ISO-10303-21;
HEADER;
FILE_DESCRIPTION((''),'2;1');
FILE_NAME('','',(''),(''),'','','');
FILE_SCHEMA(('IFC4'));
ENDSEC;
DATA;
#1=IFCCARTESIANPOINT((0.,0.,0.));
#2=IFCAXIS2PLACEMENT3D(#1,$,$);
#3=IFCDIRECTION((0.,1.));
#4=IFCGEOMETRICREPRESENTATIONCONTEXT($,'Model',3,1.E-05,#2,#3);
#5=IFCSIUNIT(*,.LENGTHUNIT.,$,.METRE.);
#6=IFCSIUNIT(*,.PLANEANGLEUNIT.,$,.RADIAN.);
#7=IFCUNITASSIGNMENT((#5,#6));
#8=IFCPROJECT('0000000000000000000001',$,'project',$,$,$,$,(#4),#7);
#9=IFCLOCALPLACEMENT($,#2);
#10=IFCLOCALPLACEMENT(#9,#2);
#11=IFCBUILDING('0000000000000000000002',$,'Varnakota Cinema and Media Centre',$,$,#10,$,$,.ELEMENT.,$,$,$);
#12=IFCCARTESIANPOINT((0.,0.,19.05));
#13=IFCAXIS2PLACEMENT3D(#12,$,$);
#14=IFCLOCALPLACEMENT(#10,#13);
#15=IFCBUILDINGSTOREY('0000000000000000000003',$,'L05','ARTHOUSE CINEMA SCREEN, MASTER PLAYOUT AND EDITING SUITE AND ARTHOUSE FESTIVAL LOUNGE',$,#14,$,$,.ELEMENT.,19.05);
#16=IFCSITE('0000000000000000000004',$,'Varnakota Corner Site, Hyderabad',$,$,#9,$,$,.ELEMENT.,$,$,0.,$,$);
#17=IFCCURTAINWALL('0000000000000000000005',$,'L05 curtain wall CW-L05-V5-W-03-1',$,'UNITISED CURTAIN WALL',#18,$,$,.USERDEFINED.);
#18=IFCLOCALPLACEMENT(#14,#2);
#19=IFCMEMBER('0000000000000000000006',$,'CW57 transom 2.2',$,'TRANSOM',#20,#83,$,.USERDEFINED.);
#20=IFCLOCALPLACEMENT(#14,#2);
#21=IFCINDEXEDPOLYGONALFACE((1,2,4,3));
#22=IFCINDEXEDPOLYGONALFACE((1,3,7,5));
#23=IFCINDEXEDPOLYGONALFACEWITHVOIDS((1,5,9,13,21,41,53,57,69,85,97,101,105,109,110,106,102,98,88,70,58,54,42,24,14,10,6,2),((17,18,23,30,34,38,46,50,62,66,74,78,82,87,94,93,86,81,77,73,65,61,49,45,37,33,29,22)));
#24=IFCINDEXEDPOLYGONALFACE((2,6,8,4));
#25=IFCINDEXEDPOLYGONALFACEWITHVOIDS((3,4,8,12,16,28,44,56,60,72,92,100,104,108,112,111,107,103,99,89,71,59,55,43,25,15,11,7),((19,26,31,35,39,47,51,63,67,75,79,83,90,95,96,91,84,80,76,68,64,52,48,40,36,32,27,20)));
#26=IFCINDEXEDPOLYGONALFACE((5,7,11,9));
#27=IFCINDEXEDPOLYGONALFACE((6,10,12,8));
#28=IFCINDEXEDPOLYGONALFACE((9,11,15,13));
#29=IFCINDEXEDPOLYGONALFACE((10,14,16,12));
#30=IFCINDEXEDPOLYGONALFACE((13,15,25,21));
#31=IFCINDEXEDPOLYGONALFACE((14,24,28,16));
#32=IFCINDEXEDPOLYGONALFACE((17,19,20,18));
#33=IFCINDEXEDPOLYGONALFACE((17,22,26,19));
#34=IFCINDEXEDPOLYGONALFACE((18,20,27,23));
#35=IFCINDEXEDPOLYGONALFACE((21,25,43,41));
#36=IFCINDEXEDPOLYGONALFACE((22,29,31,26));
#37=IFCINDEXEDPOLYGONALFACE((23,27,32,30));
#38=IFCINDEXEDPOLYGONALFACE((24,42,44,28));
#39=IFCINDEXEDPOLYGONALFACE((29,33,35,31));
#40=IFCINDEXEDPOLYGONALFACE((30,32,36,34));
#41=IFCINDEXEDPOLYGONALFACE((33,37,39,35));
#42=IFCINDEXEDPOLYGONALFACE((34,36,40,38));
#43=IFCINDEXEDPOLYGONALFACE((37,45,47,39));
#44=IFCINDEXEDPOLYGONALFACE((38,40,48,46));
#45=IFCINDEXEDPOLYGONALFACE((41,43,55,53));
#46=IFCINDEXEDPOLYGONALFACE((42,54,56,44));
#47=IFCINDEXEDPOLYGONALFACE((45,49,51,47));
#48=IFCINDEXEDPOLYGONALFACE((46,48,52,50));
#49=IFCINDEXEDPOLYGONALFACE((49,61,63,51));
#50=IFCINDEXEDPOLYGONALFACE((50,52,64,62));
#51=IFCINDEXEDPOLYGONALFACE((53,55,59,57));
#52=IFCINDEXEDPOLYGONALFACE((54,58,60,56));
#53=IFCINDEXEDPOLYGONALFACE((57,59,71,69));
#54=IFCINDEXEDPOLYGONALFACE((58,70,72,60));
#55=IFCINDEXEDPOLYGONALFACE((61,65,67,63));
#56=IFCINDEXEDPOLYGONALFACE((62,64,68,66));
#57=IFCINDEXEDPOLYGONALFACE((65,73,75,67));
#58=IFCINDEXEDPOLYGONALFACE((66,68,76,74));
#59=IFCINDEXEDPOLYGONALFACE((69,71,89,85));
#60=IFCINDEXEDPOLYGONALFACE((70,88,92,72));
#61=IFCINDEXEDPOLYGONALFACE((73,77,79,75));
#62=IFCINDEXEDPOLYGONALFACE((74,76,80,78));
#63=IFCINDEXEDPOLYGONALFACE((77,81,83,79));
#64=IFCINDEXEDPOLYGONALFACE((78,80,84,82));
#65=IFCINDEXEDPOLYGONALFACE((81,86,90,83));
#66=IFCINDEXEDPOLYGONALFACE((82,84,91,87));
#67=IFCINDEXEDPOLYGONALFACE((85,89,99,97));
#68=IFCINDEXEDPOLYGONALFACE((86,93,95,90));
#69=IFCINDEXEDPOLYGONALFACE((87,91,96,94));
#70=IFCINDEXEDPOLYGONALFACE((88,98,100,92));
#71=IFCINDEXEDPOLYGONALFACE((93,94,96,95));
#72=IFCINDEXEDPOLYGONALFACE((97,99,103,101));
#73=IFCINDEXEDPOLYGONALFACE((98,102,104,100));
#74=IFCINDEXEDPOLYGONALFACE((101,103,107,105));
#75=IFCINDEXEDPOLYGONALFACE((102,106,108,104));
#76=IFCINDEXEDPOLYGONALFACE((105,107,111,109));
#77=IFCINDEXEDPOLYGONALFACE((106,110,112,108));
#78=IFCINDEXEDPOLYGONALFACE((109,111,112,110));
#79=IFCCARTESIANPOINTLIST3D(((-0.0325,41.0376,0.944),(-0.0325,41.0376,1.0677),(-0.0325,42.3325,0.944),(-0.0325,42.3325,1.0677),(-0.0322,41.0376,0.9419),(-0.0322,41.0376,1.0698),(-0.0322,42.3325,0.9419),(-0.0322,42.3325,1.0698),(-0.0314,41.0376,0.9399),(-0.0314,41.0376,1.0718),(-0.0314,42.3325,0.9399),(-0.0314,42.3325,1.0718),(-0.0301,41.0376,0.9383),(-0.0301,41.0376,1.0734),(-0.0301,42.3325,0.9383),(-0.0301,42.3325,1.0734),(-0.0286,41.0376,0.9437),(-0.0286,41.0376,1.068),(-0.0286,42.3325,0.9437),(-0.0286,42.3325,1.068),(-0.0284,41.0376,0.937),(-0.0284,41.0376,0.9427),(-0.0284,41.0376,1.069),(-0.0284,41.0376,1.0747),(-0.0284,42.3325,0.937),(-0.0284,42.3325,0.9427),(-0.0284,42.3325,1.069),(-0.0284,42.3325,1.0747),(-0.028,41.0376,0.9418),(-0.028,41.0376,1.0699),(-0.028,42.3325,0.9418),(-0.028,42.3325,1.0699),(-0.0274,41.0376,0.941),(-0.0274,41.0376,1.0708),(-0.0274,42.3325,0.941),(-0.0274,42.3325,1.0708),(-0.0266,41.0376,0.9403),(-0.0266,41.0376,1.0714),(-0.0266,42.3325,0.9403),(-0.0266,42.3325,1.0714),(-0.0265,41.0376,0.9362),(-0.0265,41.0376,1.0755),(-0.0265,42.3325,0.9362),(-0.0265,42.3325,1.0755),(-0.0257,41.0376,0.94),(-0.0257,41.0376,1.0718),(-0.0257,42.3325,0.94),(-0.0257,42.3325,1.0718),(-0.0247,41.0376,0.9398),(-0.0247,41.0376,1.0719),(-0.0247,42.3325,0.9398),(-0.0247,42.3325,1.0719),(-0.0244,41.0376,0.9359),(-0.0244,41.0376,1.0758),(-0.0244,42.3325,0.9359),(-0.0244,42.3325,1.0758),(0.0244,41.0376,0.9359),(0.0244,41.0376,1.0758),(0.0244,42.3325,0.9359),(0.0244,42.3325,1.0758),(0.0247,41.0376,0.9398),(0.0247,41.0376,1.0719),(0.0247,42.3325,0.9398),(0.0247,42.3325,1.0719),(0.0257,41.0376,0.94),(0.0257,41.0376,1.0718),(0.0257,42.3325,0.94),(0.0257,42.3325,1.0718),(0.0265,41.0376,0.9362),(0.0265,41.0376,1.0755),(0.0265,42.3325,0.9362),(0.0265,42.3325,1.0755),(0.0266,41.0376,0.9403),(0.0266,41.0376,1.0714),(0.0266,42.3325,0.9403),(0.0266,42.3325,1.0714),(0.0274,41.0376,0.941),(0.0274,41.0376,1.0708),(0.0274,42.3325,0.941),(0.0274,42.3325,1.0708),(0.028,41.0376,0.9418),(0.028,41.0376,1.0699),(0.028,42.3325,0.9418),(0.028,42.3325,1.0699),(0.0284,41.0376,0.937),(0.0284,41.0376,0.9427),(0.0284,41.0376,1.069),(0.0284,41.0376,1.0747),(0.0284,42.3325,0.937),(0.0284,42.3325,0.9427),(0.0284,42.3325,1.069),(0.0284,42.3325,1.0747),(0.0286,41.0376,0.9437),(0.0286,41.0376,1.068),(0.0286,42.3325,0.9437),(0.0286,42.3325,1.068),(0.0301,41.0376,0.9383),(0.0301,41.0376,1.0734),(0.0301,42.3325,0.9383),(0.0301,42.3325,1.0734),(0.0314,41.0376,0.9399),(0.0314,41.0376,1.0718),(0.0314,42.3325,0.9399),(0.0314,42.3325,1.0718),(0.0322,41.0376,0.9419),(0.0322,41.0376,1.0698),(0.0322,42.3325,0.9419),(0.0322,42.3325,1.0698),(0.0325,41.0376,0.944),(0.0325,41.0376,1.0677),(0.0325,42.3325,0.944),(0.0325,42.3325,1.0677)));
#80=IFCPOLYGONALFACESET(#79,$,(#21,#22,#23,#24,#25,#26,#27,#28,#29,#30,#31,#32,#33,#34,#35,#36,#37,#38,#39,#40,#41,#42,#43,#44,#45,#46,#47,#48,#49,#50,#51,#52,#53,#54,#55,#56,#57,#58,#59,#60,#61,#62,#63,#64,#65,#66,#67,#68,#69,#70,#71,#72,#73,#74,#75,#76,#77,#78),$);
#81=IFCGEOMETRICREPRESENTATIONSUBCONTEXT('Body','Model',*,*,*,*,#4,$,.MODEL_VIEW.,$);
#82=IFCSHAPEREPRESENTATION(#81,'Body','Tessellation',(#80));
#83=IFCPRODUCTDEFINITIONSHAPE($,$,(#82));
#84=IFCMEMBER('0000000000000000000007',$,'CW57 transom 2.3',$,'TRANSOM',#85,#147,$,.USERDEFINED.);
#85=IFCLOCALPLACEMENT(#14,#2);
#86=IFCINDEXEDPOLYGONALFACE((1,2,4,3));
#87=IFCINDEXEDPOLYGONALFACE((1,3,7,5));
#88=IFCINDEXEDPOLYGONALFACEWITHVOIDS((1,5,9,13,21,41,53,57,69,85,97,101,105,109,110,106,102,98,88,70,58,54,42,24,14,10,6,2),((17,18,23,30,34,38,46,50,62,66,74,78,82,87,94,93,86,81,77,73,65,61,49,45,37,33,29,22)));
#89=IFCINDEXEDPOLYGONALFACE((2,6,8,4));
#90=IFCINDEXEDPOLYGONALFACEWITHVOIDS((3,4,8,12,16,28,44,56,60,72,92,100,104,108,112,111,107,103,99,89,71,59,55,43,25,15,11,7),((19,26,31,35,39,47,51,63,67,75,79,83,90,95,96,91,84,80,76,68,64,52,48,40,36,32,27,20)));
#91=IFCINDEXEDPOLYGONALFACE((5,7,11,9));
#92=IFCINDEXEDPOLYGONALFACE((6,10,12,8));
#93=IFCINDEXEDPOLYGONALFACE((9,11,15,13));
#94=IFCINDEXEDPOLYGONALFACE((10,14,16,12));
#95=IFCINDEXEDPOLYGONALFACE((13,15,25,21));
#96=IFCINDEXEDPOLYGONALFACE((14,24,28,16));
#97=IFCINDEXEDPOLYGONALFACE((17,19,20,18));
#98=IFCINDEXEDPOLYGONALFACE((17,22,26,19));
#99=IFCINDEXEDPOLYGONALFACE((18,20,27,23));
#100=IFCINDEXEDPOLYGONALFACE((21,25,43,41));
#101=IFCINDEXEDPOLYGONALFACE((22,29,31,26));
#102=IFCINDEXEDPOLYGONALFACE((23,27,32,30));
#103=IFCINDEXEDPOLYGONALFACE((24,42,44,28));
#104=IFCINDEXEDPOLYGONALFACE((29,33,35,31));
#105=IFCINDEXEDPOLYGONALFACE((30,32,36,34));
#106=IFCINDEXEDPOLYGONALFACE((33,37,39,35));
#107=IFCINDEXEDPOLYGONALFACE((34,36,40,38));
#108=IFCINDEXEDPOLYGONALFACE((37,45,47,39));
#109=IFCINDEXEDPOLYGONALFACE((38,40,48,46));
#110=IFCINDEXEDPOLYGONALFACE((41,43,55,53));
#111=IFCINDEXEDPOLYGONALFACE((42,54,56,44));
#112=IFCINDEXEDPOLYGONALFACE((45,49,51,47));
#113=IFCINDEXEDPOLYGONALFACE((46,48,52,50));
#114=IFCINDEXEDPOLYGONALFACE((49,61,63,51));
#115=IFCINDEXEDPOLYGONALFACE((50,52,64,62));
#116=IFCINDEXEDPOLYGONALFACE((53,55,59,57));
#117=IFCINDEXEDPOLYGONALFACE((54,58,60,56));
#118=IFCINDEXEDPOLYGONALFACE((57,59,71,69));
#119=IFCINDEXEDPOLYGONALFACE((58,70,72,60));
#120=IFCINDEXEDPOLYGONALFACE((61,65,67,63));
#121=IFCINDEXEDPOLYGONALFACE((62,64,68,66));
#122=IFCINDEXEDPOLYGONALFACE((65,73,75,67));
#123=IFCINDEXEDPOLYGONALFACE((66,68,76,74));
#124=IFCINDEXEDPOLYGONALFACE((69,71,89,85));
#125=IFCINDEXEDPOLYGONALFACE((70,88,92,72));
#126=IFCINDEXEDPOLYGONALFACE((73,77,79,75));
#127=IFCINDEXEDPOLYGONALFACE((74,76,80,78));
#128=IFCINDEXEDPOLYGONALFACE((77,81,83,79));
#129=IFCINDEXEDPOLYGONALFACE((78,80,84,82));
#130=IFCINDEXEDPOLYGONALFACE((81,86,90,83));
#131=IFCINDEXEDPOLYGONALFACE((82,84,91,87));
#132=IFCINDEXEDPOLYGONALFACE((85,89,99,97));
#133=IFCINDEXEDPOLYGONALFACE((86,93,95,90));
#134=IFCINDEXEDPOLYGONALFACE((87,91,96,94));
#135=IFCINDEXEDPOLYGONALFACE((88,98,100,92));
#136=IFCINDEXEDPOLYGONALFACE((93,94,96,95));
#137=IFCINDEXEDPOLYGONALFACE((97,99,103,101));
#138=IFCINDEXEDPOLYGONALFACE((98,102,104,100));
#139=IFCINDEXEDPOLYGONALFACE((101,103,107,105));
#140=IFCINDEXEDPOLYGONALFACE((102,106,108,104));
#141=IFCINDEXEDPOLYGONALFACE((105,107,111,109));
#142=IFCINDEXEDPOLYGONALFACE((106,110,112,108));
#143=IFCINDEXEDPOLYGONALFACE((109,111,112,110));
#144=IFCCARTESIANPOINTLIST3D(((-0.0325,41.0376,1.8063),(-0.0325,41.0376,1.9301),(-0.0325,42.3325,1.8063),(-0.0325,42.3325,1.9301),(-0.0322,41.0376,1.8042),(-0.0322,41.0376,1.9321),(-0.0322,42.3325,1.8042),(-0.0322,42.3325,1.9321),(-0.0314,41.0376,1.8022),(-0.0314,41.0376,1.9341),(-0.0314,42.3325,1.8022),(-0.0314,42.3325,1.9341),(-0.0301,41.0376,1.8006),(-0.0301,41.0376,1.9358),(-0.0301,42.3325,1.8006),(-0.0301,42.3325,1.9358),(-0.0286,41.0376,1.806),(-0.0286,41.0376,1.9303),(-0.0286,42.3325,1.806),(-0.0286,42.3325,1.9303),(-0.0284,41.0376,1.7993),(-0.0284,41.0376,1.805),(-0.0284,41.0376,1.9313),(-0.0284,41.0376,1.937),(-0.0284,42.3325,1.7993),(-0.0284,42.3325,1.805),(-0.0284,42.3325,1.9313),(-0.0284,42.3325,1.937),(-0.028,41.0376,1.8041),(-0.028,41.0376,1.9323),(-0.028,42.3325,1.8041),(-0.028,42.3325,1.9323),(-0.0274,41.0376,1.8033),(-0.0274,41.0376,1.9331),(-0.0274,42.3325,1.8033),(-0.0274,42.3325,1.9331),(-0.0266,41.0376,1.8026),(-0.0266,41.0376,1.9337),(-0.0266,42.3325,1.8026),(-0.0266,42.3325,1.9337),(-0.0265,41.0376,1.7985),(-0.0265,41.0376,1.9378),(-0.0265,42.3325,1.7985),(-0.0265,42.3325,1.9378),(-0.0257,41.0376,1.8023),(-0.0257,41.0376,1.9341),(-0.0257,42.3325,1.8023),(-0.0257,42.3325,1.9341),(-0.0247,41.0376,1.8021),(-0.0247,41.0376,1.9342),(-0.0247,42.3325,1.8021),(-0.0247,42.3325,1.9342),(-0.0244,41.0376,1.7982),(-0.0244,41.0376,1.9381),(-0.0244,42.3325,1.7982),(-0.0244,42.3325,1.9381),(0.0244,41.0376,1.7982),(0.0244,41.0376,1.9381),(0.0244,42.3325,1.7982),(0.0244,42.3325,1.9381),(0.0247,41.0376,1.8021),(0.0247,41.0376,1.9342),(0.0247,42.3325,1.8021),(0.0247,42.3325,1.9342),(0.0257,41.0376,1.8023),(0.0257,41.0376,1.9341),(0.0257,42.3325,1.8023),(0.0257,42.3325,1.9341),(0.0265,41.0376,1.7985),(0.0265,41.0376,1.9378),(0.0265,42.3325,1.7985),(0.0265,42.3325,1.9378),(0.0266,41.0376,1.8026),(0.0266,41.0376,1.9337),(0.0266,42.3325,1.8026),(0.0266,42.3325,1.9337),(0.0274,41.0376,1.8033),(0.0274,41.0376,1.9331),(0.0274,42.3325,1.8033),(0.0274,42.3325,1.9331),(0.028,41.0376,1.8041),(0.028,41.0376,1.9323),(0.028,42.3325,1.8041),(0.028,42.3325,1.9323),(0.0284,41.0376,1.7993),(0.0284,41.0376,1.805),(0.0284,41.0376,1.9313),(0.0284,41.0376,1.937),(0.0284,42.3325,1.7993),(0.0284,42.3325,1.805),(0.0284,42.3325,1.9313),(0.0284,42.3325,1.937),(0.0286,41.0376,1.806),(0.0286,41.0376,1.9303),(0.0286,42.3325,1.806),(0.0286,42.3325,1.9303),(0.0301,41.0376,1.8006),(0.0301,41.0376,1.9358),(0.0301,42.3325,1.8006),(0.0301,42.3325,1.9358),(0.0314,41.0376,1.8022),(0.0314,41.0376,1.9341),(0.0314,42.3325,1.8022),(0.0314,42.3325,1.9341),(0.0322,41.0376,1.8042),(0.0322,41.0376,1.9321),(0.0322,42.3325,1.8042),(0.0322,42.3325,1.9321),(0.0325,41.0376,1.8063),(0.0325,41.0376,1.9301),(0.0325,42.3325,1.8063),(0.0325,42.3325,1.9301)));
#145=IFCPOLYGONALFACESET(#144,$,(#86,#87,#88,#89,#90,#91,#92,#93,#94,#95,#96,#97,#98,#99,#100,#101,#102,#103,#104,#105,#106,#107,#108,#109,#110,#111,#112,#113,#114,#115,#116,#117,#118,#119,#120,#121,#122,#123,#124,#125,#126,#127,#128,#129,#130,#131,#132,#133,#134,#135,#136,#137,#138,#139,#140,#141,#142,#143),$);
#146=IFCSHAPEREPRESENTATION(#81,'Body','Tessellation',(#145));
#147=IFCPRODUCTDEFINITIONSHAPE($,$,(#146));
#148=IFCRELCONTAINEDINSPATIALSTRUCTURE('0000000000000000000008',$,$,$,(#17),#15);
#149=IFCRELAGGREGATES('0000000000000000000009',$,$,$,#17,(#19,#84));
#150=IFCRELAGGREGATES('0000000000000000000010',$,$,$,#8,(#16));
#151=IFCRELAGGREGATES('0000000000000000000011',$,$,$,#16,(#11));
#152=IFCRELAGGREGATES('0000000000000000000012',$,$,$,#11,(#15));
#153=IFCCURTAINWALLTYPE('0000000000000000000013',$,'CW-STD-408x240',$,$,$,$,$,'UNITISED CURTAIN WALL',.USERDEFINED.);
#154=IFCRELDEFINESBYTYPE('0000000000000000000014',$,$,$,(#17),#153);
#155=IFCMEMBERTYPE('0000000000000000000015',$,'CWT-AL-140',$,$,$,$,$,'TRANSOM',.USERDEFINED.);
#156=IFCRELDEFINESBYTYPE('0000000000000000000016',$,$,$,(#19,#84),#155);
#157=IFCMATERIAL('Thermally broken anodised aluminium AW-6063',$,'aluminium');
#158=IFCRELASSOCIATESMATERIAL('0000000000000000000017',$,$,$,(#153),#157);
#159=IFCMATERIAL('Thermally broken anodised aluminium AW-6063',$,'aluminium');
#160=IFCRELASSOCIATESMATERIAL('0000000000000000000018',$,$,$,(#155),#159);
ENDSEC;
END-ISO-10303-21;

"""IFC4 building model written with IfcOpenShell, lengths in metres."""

from ifc_helpers import new_model, si_unit, direction, frame, origin, origin_2d, place, context, subcontext, project, spatial, hollow_rectangle, extrude, material, material_profile, profile_set, type_object, element, aggregate, save


model = new_model("IFC4")

# Units and contexts
model_context = context("Model", 3, precision=1e-05, world=origin(), true_north=direction((0.0, 1.0)))
body_context = subcontext(model_context, "Body", "Model", "MODEL_VIEW")
ifc_project = project(units=[si_unit("LENGTHUNIT", "METRE"), si_unit("PLANEANGLEUNIT", "RADIAN")], contexts=[model_context])

# Site, building, storey
site_placement = place(None, origin())
site = spatial("IfcSite", under=ifc_project, at=site_placement, Name="Varnakota Corner Site, Hyderabad", CompositionType="ELEMENT", RefElevation=0.0)
building_placement = place(site_placement, origin())
building = spatial("IfcBuilding", under=site, at=building_placement, Name="Varnakota Cinema and Media Centre", CompositionType="ELEMENT")
storey_placement = place(building_placement, frame((0.0, 0.0, 19.05)))
storey = spatial("IfcBuildingStorey", under=building, at=storey_placement, Name="L05", Description="ARTHOUSE CINEMA SCREEN, MASTER PLAYOUT AND EDITING SUITE AND ARTHOUSE FESTIVAL LOUNGE", CompositionType="ELEMENT", Elevation=19.05)

# Curtain wall
ifc_material_1 = material(Name="Thermally broken anodised aluminium AW-6063", Category="aluminium")
curtain_wall_type = type_object("IfcCurtainWallType", Name="CW-STD-408x240", ElementType="UNITISED CURTAIN WALL", PredefinedType="USERDEFINED", material=ifc_material_1)
curtain_wall_1_placement = place(storey_placement, origin())
curtain_wall_1 = element("IfcCurtainWall", 1, at=curtain_wall_1_placement, inside=storey, type_object=curtain_wall_type, Name="L05 curtain wall CW-L05-V5-W-03-1", ObjectType="UNITISED CURTAIN WALL", PredefinedType="USERDEFINED")

# Members
ifc_material_2 = material(Name="Thermally broken anodised aluminium AW-6063", Category="aluminium")
ifc_material_profile_1 = material_profile(ifc_material_2, hollow_rectangle(XDim=0.0649, YDim=0.1399, WallThickness=0.0039, InnerFilletRadius=0.0039, OuterFilletRadius=0.0081, at=origin_2d()), Name="AL-TRANSOM 140x65x4")
ifc_profile_set_1 = profile_set([ifc_material_profile_1], Name="Thermally broken anodised aluminium AW-6063")
member_type_1 = type_object("IfcMemberType", Name="CWT-AL-140", ElementType="TRANSOM", PredefinedType="USERDEFINED", material=ifc_profile_set_1)
member_1_placement = place(storey_placement, frame((0.0, 42.3325, 1.0059), z_axis=(0.0, -1.0, 0.0), x_axis=(1.0, 0.0, 0.0)))
member_1 = element("IfcMember", 2, at=member_1_placement, type_object=member_type_1, Name="CW57 transom 2.2", ObjectType="TRANSOM", PredefinedType="USERDEFINED", context=body_context, shape_type="SweptSolid", body=[
    extrude(hollow_rectangle(XDim=0.0649, YDim=0.1399, WallThickness=0.0039, InnerFilletRadius=0.0039, OuterFilletRadius=0.0081, at=origin_2d()), origin(), (0.0, 0.0, 1.0), 1.2949),
])
member_2_placement = place(storey_placement, frame((0.0, 42.3325, 1.8682), z_axis=(0.0, -1.0, 0.0), x_axis=(1.0, 0.0, 0.0)))
member_2 = element("IfcMember", 3, at=member_2_placement, type_object=member_type_1, Name="CW57 transom 2.3", ObjectType="TRANSOM", PredefinedType="USERDEFINED", context=body_context, shape_type="SweptSolid", body=[
    extrude(hollow_rectangle(XDim=0.0649, YDim=0.1399, WallThickness=0.0039, InnerFilletRadius=0.0039, OuterFilletRadius=0.0081, at=origin_2d()), origin(), (0.0, 0.0, 1.0), 1.2949),
])

aggregate(curtain_wall_1, [member_1, member_2])

save(model, "model.ifc")
